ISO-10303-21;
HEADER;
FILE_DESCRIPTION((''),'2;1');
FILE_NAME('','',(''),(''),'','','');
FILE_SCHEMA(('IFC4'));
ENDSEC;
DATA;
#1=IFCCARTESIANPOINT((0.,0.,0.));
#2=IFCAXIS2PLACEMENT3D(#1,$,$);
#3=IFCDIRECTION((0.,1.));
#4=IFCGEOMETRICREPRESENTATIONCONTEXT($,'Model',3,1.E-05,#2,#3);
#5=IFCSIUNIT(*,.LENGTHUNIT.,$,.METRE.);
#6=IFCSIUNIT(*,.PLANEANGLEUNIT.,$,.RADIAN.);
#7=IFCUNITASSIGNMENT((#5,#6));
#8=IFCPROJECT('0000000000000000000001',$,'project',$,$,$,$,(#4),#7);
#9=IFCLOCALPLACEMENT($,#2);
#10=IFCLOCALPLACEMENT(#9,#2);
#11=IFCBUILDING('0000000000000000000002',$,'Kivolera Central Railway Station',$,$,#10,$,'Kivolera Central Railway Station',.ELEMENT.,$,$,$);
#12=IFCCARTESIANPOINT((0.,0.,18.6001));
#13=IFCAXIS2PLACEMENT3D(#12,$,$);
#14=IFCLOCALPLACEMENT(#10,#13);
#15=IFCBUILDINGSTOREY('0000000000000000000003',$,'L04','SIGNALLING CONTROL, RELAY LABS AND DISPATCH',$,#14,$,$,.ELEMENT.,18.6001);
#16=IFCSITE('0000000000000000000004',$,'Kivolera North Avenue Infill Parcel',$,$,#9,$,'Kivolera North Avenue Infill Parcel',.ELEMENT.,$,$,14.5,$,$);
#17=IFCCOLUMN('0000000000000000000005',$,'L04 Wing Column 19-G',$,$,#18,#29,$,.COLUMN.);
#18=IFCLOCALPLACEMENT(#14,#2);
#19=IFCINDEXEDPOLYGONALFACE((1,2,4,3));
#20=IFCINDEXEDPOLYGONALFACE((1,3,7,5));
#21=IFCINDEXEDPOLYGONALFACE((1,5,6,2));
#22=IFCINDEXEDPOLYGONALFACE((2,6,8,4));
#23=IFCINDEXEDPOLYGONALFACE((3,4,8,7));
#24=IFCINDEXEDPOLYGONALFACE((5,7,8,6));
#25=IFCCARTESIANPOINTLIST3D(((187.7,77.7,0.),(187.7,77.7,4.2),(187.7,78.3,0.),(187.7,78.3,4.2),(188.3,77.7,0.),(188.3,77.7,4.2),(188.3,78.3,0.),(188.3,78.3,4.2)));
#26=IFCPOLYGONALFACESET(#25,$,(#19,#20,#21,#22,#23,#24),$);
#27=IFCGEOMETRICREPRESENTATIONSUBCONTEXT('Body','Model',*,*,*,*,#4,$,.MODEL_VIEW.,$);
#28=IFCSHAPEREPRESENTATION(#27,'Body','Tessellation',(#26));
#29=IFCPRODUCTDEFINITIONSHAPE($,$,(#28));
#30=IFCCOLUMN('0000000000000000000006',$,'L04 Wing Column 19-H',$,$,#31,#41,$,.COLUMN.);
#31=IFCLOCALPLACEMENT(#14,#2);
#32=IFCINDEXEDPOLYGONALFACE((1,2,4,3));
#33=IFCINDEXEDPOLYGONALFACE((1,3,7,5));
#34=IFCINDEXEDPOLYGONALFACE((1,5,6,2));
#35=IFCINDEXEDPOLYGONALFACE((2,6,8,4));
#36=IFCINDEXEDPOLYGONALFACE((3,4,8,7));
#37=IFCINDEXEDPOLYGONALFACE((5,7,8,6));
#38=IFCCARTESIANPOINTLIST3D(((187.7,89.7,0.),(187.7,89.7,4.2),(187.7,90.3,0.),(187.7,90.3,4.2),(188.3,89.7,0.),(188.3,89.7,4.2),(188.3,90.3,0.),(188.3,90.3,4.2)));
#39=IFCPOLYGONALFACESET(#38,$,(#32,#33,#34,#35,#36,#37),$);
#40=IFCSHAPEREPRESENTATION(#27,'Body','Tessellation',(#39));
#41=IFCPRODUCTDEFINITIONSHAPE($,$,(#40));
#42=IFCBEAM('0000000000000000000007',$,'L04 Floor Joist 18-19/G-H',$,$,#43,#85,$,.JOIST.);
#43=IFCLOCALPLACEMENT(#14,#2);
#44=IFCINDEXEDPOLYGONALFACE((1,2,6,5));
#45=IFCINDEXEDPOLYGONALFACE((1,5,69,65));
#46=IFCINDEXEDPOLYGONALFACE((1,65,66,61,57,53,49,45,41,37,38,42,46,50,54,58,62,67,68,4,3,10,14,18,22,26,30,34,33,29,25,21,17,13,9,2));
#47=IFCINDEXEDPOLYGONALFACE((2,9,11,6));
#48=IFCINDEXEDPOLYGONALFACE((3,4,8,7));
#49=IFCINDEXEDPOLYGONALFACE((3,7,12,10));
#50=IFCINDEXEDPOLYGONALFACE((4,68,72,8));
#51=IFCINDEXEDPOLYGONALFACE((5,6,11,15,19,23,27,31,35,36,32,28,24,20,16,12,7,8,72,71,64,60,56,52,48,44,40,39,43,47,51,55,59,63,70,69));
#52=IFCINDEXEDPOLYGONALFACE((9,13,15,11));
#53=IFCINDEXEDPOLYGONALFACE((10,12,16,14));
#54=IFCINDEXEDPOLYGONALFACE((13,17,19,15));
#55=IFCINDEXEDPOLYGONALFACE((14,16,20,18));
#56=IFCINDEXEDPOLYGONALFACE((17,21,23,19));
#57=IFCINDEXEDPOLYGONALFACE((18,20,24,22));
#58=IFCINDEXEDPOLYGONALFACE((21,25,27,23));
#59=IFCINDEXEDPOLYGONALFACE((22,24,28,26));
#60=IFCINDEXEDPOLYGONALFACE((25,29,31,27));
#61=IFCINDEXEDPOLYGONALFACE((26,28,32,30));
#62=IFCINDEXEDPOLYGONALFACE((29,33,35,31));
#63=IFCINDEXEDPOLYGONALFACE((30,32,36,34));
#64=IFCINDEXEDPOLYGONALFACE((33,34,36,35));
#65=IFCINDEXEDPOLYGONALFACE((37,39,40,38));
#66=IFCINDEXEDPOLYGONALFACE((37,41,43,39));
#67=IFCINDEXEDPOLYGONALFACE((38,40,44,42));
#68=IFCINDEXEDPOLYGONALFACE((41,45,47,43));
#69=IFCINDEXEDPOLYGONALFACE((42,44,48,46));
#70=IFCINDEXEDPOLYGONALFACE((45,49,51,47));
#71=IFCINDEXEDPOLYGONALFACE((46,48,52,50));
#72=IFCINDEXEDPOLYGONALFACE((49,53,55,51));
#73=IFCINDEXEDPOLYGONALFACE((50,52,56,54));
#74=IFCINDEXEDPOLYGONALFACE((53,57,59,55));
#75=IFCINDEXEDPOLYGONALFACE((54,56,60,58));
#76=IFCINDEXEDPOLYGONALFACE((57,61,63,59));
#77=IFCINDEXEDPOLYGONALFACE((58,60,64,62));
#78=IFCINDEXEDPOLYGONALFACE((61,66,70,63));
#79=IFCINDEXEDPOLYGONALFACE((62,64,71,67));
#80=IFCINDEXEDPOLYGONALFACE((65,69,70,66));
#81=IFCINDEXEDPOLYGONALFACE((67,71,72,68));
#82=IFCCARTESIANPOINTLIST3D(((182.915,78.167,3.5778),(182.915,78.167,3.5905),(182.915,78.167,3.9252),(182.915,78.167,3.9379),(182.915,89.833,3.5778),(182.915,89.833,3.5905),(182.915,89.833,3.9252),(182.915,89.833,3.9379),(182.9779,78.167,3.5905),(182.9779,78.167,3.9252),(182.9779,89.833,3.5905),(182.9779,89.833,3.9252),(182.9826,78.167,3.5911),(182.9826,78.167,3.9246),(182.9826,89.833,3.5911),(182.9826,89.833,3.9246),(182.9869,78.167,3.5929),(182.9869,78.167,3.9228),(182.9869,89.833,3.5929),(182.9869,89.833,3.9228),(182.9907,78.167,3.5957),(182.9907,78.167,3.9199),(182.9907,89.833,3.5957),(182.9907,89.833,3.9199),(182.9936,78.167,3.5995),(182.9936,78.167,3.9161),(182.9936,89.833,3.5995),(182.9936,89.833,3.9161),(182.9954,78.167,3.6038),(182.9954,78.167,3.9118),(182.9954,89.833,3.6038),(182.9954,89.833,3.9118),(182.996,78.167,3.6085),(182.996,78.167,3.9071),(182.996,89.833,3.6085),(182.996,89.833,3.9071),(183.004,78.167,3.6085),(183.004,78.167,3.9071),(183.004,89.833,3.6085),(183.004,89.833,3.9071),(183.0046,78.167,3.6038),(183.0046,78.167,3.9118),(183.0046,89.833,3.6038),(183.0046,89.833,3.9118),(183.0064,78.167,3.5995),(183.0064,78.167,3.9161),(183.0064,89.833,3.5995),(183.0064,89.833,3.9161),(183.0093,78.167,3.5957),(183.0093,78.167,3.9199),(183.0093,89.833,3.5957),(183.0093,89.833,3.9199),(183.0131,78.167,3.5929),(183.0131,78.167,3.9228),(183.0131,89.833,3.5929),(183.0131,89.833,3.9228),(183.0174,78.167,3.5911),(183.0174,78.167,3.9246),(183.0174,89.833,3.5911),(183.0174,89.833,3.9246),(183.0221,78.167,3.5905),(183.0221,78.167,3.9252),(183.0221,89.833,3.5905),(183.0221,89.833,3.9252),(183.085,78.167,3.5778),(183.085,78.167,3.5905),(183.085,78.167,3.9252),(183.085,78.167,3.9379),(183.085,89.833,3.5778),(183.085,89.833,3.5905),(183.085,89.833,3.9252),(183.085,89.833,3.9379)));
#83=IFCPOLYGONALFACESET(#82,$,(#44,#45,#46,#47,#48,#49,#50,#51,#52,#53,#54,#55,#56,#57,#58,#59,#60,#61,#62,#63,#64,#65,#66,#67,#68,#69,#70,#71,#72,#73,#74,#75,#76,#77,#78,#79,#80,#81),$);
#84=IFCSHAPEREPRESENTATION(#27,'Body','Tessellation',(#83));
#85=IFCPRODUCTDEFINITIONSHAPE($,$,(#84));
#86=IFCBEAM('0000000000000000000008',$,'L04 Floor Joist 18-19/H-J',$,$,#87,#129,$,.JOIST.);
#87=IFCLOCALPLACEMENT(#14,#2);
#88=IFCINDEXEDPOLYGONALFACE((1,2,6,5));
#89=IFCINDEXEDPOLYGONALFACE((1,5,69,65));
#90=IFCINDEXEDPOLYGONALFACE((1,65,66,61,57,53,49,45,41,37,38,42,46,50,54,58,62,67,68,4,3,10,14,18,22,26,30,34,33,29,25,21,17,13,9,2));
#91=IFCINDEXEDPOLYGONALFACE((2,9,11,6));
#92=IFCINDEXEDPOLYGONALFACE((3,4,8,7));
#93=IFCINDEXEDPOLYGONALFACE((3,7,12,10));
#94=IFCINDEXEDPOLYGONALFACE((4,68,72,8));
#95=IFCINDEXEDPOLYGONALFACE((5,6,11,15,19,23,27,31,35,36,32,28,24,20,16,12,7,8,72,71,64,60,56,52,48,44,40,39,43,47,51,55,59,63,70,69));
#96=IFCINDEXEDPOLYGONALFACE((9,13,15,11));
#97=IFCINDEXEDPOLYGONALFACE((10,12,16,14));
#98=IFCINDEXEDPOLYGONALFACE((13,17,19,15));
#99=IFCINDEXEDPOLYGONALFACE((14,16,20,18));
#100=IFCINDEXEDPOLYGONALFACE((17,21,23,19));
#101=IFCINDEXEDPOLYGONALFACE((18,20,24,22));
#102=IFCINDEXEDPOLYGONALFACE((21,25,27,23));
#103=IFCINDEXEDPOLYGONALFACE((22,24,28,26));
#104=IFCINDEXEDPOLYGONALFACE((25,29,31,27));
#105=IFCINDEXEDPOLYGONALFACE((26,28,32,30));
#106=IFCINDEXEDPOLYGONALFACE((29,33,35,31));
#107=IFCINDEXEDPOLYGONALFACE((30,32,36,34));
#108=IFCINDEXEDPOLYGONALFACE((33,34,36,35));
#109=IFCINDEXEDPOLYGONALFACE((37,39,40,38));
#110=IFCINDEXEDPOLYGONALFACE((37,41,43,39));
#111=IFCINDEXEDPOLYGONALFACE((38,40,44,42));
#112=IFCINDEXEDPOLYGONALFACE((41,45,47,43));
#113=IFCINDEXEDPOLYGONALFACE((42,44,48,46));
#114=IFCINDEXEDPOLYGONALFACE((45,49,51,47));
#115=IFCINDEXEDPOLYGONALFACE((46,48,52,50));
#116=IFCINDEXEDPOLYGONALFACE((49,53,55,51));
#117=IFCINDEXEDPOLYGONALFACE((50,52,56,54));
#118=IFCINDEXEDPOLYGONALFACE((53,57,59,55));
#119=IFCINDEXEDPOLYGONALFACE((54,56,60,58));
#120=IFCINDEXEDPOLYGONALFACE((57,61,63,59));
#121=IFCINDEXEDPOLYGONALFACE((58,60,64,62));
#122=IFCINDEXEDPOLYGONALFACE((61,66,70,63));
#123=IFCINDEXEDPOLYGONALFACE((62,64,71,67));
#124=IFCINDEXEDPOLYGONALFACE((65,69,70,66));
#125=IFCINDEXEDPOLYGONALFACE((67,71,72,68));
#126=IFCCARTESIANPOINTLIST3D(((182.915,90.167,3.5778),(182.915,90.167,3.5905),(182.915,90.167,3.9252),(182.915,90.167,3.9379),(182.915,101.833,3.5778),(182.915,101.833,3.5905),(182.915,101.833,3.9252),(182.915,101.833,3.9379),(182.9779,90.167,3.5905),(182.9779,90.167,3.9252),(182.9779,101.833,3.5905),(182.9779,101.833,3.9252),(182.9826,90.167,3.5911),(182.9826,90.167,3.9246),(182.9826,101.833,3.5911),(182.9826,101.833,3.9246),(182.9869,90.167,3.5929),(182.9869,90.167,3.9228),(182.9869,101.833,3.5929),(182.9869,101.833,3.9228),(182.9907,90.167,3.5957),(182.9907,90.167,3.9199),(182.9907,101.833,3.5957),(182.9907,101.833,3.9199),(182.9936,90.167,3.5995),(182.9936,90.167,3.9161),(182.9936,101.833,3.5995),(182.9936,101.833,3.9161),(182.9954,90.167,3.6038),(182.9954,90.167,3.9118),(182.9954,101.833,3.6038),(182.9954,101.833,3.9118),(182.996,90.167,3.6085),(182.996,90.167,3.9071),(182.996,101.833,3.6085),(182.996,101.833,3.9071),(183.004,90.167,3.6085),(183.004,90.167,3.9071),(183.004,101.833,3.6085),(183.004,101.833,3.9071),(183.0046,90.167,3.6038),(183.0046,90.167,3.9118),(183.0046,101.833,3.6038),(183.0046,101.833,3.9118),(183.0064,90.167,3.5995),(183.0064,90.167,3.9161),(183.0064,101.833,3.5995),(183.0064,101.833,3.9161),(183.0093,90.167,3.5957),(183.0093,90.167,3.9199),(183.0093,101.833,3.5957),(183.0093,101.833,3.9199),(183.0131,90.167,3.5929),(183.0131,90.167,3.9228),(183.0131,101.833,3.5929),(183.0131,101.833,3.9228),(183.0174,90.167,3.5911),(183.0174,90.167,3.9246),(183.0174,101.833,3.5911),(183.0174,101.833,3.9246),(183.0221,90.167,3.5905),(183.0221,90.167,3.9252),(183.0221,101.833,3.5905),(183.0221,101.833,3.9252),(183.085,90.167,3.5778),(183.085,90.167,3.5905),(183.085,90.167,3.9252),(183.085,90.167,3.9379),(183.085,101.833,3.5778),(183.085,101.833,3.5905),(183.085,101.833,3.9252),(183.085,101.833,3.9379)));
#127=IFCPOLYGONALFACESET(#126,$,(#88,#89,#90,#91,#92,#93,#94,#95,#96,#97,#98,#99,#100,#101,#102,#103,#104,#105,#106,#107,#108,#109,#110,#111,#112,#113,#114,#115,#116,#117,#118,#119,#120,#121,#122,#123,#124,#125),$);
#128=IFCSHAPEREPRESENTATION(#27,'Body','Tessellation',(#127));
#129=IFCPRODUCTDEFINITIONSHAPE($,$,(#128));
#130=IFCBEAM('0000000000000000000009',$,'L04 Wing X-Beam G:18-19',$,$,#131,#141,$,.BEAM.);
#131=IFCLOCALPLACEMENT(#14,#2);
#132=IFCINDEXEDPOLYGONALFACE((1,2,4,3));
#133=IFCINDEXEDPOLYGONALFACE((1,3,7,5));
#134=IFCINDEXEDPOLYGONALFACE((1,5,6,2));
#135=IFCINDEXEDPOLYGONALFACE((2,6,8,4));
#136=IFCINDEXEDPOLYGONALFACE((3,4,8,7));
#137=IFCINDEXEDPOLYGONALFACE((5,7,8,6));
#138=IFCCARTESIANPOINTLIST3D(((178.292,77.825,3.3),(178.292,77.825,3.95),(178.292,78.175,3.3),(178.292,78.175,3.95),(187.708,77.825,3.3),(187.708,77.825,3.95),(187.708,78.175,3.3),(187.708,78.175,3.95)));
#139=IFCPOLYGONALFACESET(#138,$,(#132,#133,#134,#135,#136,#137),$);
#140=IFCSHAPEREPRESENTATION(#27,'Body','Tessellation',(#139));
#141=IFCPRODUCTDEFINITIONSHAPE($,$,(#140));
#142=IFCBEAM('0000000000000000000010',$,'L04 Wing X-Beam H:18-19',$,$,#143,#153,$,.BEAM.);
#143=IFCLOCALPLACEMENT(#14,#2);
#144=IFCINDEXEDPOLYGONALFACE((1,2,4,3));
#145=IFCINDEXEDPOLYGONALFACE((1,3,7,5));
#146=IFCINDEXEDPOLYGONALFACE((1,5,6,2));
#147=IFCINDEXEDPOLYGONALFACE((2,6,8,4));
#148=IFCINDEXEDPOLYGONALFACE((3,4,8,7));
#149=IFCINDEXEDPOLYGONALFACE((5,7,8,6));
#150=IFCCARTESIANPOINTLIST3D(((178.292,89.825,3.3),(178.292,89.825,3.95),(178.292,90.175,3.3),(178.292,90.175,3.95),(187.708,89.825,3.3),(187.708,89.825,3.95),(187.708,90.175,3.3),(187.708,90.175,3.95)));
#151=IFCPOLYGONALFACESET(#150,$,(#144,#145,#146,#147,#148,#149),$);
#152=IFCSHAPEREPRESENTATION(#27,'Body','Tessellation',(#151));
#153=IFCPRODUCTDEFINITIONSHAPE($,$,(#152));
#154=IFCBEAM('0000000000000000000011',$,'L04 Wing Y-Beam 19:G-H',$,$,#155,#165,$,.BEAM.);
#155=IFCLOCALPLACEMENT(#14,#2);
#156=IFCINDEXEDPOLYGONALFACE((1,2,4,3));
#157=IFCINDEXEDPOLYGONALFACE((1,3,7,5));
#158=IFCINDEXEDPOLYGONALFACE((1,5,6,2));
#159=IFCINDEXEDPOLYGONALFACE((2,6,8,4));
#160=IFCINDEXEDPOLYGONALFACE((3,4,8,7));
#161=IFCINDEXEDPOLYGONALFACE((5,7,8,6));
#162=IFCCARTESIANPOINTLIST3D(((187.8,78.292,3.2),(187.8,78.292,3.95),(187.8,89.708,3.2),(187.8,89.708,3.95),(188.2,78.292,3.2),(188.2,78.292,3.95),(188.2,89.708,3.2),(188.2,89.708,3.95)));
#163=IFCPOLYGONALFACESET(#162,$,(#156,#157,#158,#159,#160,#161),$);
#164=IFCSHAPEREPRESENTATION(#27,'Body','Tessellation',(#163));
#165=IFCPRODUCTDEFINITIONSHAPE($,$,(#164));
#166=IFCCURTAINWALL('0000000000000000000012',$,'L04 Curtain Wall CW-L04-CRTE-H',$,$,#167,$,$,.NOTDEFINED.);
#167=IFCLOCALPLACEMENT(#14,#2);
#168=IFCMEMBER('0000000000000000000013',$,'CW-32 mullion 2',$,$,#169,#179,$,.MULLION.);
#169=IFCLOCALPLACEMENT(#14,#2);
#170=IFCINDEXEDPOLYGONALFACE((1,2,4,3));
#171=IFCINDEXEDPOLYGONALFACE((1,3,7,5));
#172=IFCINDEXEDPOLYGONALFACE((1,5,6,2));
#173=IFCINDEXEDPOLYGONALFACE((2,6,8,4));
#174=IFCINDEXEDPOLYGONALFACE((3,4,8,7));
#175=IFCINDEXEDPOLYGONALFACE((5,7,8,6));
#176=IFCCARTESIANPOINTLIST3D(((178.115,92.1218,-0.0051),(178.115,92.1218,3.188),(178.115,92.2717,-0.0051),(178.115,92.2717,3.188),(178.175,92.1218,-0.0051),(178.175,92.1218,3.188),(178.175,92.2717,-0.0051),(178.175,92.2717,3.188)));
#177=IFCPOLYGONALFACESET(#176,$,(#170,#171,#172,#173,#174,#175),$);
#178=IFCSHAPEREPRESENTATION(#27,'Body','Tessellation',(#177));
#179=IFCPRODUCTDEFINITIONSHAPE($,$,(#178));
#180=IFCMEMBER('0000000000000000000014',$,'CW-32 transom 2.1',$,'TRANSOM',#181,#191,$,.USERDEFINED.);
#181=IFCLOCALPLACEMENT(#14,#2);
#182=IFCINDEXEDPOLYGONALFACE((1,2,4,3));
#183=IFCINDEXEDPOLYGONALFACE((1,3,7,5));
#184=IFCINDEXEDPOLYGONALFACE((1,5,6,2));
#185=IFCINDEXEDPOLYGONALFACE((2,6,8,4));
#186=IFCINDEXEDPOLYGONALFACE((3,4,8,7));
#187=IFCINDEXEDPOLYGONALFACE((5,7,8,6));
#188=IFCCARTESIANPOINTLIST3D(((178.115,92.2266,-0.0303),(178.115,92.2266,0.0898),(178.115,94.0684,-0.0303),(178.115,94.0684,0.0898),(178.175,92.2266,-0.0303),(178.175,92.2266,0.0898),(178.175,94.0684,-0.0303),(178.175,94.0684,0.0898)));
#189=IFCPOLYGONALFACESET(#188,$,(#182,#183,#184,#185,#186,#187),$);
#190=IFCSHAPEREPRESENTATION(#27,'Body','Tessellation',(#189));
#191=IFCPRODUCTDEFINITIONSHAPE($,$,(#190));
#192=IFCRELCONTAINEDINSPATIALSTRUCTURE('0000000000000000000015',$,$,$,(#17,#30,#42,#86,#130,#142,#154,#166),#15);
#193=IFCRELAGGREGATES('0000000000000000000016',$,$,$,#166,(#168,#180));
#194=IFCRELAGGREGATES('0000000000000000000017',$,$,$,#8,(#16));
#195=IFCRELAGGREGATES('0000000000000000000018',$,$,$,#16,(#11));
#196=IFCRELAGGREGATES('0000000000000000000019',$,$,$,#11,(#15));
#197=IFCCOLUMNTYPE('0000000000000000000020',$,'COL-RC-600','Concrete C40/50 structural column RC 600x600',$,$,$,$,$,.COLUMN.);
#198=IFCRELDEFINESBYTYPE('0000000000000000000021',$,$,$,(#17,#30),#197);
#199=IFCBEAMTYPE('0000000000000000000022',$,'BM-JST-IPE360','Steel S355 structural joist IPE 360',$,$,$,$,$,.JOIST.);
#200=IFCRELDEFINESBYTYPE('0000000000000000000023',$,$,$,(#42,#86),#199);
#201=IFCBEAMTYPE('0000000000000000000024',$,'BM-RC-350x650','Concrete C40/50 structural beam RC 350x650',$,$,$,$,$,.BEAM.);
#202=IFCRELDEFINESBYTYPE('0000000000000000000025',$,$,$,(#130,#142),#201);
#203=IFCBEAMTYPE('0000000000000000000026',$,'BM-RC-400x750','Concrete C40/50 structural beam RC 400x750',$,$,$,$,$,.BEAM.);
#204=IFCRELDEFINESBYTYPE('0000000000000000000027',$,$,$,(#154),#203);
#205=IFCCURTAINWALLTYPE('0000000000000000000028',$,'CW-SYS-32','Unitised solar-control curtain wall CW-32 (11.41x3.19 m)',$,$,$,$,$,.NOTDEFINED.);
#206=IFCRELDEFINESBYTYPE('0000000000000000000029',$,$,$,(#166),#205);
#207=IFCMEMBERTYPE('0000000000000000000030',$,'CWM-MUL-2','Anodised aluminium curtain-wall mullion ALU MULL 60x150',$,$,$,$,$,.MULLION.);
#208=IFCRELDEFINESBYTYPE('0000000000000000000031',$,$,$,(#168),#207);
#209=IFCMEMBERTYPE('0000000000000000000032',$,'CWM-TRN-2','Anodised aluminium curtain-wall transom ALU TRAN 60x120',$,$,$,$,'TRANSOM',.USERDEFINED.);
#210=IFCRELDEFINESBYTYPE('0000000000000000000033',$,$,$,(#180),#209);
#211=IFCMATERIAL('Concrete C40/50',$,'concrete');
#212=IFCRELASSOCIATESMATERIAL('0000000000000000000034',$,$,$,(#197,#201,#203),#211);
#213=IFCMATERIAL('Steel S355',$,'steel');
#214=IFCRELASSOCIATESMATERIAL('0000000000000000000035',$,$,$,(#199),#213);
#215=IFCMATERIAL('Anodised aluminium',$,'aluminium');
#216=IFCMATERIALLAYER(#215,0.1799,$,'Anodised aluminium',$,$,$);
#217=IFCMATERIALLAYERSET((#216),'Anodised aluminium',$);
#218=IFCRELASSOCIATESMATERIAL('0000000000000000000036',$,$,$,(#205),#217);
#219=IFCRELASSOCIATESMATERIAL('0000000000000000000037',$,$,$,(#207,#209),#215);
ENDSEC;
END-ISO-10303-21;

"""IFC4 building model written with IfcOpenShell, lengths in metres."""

from ifc_helpers import new_model, si_unit, direction, frame, origin, origin_2d, place, context, subcontext, project, spatial, rectangle, i_section, extrude, material, layer, layer_set, material_profile, profile_set, type_object, element, aggregate, save


model = new_model("IFC4")

# Units and contexts
model_context = context("Model", 3, precision=1e-05, world=origin(), true_north=direction((0.0, 1.0)))
body_context = subcontext(model_context, "Body", "Model", "MODEL_VIEW")
ifc_project = project(units=[si_unit("LENGTHUNIT", "METRE"), si_unit("PLANEANGLEUNIT", "RADIAN")], contexts=[model_context])

# Site, building, storey
site_placement = place(None, origin())
site = spatial("IfcSite", under=ifc_project, at=site_placement, Name="Kivolera North Avenue Infill Parcel", LongName="Kivolera North Avenue Infill Parcel", CompositionType="ELEMENT", RefElevation=14.5)
building_placement = place(site_placement, origin())
building = spatial("IfcBuilding", under=site, at=building_placement, Name="Kivolera Central Railway Station", LongName="Kivolera Central Railway Station", CompositionType="ELEMENT")
storey_placement = place(building_placement, frame((0.0, 0.0, 18.6001)))
storey = spatial("IfcBuildingStorey", under=building, at=storey_placement, Name="L04", Description="SIGNALLING CONTROL, RELAY LABS AND DISPATCH", CompositionType="ELEMENT", Elevation=18.6001)

# Columns
ifc_material_1 = material(Name="Concrete C40/50", Category="concrete")
ifc_material_profile_1 = material_profile(ifc_material_1, rectangle(XDim=0.6001, YDim=0.6001, at=origin_2d()), Name="RC 600x600")
ifc_profile_set_1 = profile_set([ifc_material_profile_1], Name="Concrete C40/50")
column_type = type_object("IfcColumnType", Name="COL-RC-600", Description="Concrete C40/50 structural column RC 600x600", PredefinedType="COLUMN", material=ifc_profile_set_1)
for number, where, z_axis, x_axis, name in (
    (1, (188.0, 78.0, 0.0), (0.0, 0.0, 1.0), (1.0, 0.0, 0.0), "L04 Wing Column 19-G"),
    (2, (188.0, 90.0, 0.0), (0.0, 0.0, 1.0), (1.0, 0.0, 0.0), "L04 Wing Column 19-H"),
):
    element("IfcColumn", number, at=place(storey_placement, frame(where, z_axis=z_axis, x_axis=x_axis)), inside=storey, type_object=column_type, Name=name, PredefinedType="COLUMN", context=body_context, shape_type="SweptSolid", body=[
        extrude(rectangle(XDim=0.6001, YDim=0.6001, at=origin_2d()), origin(), (0.0, 0.0, 1.0), 4.2),
    ])

# Beams
ifc_material_2 = material(Name="Steel S355", Category="steel")
ifc_material_profile_2 = material_profile(ifc_material_2, i_section(OverallWidth=0.1699, OverallDepth=0.3601, WebThickness=0.0081, FlangeThickness=0.0127, FilletRadius=0.0181, at=origin_2d()), Name="IPE 360")
ifc_profile_set_2 = profile_set([ifc_material_profile_2], Name="Steel S355")
beam_type_1 = type_object("IfcBeamType", Name="BM-JST-IPE360", Description="Steel S355 structural joist IPE 360", PredefinedType="JOIST", material=ifc_profile_set_2)
for number, where, z_axis, x_axis, name in (
    (3, (183.0, 78.167, 3.7578), (0.0, 1.0, 0.0), (-1.0, 0.0, 0.0), "L04 Floor Joist 18-19/G-H"),
    (4, (183.0, 90.167, 3.7578), (0.0, 1.0, 0.0), (-1.0, 0.0, 0.0), "L04 Floor Joist 18-19/H-J"),
):
    element("IfcBeam", number, at=place(storey_placement, frame(where, z_axis=z_axis, x_axis=x_axis)), inside=storey, type_object=beam_type_1, Name=name, PredefinedType="JOIST", context=body_context, shape_type="SweptSolid", body=[
        extrude(i_section(OverallWidth=0.1699, OverallDepth=0.3601, WebThickness=0.0081, FlangeThickness=0.0127, FilletRadius=0.0181, at=origin_2d()), origin(), (0.0, 0.0, 1.0), 11.666),
    ])
ifc_material_profile_3 = material_profile(ifc_material_1, rectangle(XDim=0.3501, YDim=0.6499, at=origin_2d()), Name="RC 350x650")
ifc_profile_set_3 = profile_set([ifc_material_profile_3], Name="Concrete C40/50")
beam_type_2 = type_object("IfcBeamType", Name="BM-RC-350x650", Description="Concrete C40/50 structural beam RC 350x650", PredefinedType="BEAM", material=ifc_profile_set_3)
for number, where, z_axis, x_axis, name in (
    (5, (178.292, 78.0, 3.625), (1.0, 0.0, 0.0), (0.0, 1.0, 0.0), "L04 Wing X-Beam G:18-19"),
    (6, (178.292, 90.0, 3.625), (1.0, 0.0, 0.0), (0.0, 1.0, 0.0), "L04 Wing X-Beam H:18-19"),
):
    element("IfcBeam", number, at=place(storey_placement, frame(where, z_axis=z_axis, x_axis=x_axis)), inside=storey, type_object=beam_type_2, Name=name, PredefinedType="BEAM", context=body_context, shape_type="SweptSolid", body=[
        extrude(rectangle(XDim=0.3501, YDim=0.6499, at=origin_2d()), origin(), (0.0, 0.0, 1.0), 9.416),
    ])
ifc_material_profile_4 = material_profile(ifc_material_1, rectangle(XDim=0.3999, YDim=0.75, at=origin_2d()), Name="RC 400x750")
ifc_profile_set_4 = profile_set([ifc_material_profile_4], Name="Concrete C40/50")
beam_type_3 = type_object("IfcBeamType", Name="BM-RC-400x750", Description="Concrete C40/50 structural beam RC 400x750", PredefinedType="BEAM", material=ifc_profile_set_4)
beam_placement = place(storey_placement, frame((188.0, 78.292, 3.575), z_axis=(0.0, 1.0, 0.0), x_axis=(-1.0, 0.0, 0.0)))
element("IfcBeam", 7, at=beam_placement, inside=storey, type_object=beam_type_3, Name="L04 Wing Y-Beam 19:G-H", PredefinedType="BEAM", context=body_context, shape_type="SweptSolid", body=[
    extrude(rectangle(XDim=0.3999, YDim=0.75, at=origin_2d()), origin(), (0.0, 0.0, 1.0), 11.416),
])

# Curtain wall, members
ifc_material_3 = material(Name="Anodised aluminium", Category="aluminium")
ifc_layer_1 = layer(ifc_material_3, 0.1799, Name="Anodised aluminium")
ifc_layer_set_1 = layer_set([ifc_layer_1], Name="Anodised aluminium")
curtain_wall_type = type_object("IfcCurtainWallType", Name="CW-SYS-32", Description="Unitised solar-control curtain wall CW-32 (11.41x3.19 m)", PredefinedType="NOTDEFINED", material=ifc_layer_set_1)
curtain_wall_placement = place(storey_placement, origin())
curtain_wall = element("IfcCurtainWall", 8, at=curtain_wall_placement, inside=storey, type_object=curtain_wall_type, Name="L04 Curtain Wall CW-L04-CRTE-H", PredefinedType="NOTDEFINED")
ifc_material_profile_5 = material_profile(ifc_material_3, rectangle(XDim=0.0601, YDim=0.1499, at=origin_2d()), Name="ALU MULL 60x150")
ifc_profile_set_5 = profile_set([ifc_material_profile_5], Name="Anodised aluminium")
member_type_1 = type_object("IfcMemberType", Name="CWM-MUL-2", Description="Anodised aluminium curtain-wall mullion ALU MULL 60x150", PredefinedType="MULLION", material=ifc_profile_set_5)
member_1_placement = place(storey_placement, frame((178.145, 92.1968, -0.0051), z_axis=(0.0, 0.0, 1.0), x_axis=(-1.0, 0.0, 0.0)))
member_1 = element("IfcMember", 9, at=member_1_placement, type_object=member_type_1, Name="CW-32 mullion 2", PredefinedType="MULLION", context=body_context, shape_type="SweptSolid", body=[
    extrude(rectangle(XDim=0.0601, YDim=0.1499, at=origin_2d()), origin(), (0.0, 0.0, 1.0), 3.1931),
])
ifc_material_profile_6 = material_profile(ifc_material_3, rectangle(XDim=0.0601, YDim=0.1201, at=origin_2d()), Name="ALU TRAN 60x120")
ifc_profile_set_6 = profile_set([ifc_material_profile_6], Name="Anodised aluminium")
member_type_2 = type_object("IfcMemberType", Name="CWM-TRN-2", Description="Anodised aluminium curtain-wall transom ALU TRAN 60x120", ElementType="TRANSOM", PredefinedType="USERDEFINED", material=ifc_profile_set_6)
member_2_placement = place(storey_placement, frame((178.145, 92.2266, 0.0298), z_axis=(0.0, 1.0, 0.0), x_axis=(-1.0, 0.0, 0.0)))
member_2 = element("IfcMember", 10, at=member_2_placement, type_object=member_type_2, Name="CW-32 transom 2.1", ObjectType="TRANSOM", PredefinedType="USERDEFINED", context=body_context, shape_type="SweptSolid", body=[
    extrude(rectangle(XDim=0.0601, YDim=0.1201, at=origin_2d()), origin(), (0.0, 0.0, 1.0), 1.8418),
])
aggregate(curtain_wall, [member_1, member_2])

save(model, "model.ifc")
